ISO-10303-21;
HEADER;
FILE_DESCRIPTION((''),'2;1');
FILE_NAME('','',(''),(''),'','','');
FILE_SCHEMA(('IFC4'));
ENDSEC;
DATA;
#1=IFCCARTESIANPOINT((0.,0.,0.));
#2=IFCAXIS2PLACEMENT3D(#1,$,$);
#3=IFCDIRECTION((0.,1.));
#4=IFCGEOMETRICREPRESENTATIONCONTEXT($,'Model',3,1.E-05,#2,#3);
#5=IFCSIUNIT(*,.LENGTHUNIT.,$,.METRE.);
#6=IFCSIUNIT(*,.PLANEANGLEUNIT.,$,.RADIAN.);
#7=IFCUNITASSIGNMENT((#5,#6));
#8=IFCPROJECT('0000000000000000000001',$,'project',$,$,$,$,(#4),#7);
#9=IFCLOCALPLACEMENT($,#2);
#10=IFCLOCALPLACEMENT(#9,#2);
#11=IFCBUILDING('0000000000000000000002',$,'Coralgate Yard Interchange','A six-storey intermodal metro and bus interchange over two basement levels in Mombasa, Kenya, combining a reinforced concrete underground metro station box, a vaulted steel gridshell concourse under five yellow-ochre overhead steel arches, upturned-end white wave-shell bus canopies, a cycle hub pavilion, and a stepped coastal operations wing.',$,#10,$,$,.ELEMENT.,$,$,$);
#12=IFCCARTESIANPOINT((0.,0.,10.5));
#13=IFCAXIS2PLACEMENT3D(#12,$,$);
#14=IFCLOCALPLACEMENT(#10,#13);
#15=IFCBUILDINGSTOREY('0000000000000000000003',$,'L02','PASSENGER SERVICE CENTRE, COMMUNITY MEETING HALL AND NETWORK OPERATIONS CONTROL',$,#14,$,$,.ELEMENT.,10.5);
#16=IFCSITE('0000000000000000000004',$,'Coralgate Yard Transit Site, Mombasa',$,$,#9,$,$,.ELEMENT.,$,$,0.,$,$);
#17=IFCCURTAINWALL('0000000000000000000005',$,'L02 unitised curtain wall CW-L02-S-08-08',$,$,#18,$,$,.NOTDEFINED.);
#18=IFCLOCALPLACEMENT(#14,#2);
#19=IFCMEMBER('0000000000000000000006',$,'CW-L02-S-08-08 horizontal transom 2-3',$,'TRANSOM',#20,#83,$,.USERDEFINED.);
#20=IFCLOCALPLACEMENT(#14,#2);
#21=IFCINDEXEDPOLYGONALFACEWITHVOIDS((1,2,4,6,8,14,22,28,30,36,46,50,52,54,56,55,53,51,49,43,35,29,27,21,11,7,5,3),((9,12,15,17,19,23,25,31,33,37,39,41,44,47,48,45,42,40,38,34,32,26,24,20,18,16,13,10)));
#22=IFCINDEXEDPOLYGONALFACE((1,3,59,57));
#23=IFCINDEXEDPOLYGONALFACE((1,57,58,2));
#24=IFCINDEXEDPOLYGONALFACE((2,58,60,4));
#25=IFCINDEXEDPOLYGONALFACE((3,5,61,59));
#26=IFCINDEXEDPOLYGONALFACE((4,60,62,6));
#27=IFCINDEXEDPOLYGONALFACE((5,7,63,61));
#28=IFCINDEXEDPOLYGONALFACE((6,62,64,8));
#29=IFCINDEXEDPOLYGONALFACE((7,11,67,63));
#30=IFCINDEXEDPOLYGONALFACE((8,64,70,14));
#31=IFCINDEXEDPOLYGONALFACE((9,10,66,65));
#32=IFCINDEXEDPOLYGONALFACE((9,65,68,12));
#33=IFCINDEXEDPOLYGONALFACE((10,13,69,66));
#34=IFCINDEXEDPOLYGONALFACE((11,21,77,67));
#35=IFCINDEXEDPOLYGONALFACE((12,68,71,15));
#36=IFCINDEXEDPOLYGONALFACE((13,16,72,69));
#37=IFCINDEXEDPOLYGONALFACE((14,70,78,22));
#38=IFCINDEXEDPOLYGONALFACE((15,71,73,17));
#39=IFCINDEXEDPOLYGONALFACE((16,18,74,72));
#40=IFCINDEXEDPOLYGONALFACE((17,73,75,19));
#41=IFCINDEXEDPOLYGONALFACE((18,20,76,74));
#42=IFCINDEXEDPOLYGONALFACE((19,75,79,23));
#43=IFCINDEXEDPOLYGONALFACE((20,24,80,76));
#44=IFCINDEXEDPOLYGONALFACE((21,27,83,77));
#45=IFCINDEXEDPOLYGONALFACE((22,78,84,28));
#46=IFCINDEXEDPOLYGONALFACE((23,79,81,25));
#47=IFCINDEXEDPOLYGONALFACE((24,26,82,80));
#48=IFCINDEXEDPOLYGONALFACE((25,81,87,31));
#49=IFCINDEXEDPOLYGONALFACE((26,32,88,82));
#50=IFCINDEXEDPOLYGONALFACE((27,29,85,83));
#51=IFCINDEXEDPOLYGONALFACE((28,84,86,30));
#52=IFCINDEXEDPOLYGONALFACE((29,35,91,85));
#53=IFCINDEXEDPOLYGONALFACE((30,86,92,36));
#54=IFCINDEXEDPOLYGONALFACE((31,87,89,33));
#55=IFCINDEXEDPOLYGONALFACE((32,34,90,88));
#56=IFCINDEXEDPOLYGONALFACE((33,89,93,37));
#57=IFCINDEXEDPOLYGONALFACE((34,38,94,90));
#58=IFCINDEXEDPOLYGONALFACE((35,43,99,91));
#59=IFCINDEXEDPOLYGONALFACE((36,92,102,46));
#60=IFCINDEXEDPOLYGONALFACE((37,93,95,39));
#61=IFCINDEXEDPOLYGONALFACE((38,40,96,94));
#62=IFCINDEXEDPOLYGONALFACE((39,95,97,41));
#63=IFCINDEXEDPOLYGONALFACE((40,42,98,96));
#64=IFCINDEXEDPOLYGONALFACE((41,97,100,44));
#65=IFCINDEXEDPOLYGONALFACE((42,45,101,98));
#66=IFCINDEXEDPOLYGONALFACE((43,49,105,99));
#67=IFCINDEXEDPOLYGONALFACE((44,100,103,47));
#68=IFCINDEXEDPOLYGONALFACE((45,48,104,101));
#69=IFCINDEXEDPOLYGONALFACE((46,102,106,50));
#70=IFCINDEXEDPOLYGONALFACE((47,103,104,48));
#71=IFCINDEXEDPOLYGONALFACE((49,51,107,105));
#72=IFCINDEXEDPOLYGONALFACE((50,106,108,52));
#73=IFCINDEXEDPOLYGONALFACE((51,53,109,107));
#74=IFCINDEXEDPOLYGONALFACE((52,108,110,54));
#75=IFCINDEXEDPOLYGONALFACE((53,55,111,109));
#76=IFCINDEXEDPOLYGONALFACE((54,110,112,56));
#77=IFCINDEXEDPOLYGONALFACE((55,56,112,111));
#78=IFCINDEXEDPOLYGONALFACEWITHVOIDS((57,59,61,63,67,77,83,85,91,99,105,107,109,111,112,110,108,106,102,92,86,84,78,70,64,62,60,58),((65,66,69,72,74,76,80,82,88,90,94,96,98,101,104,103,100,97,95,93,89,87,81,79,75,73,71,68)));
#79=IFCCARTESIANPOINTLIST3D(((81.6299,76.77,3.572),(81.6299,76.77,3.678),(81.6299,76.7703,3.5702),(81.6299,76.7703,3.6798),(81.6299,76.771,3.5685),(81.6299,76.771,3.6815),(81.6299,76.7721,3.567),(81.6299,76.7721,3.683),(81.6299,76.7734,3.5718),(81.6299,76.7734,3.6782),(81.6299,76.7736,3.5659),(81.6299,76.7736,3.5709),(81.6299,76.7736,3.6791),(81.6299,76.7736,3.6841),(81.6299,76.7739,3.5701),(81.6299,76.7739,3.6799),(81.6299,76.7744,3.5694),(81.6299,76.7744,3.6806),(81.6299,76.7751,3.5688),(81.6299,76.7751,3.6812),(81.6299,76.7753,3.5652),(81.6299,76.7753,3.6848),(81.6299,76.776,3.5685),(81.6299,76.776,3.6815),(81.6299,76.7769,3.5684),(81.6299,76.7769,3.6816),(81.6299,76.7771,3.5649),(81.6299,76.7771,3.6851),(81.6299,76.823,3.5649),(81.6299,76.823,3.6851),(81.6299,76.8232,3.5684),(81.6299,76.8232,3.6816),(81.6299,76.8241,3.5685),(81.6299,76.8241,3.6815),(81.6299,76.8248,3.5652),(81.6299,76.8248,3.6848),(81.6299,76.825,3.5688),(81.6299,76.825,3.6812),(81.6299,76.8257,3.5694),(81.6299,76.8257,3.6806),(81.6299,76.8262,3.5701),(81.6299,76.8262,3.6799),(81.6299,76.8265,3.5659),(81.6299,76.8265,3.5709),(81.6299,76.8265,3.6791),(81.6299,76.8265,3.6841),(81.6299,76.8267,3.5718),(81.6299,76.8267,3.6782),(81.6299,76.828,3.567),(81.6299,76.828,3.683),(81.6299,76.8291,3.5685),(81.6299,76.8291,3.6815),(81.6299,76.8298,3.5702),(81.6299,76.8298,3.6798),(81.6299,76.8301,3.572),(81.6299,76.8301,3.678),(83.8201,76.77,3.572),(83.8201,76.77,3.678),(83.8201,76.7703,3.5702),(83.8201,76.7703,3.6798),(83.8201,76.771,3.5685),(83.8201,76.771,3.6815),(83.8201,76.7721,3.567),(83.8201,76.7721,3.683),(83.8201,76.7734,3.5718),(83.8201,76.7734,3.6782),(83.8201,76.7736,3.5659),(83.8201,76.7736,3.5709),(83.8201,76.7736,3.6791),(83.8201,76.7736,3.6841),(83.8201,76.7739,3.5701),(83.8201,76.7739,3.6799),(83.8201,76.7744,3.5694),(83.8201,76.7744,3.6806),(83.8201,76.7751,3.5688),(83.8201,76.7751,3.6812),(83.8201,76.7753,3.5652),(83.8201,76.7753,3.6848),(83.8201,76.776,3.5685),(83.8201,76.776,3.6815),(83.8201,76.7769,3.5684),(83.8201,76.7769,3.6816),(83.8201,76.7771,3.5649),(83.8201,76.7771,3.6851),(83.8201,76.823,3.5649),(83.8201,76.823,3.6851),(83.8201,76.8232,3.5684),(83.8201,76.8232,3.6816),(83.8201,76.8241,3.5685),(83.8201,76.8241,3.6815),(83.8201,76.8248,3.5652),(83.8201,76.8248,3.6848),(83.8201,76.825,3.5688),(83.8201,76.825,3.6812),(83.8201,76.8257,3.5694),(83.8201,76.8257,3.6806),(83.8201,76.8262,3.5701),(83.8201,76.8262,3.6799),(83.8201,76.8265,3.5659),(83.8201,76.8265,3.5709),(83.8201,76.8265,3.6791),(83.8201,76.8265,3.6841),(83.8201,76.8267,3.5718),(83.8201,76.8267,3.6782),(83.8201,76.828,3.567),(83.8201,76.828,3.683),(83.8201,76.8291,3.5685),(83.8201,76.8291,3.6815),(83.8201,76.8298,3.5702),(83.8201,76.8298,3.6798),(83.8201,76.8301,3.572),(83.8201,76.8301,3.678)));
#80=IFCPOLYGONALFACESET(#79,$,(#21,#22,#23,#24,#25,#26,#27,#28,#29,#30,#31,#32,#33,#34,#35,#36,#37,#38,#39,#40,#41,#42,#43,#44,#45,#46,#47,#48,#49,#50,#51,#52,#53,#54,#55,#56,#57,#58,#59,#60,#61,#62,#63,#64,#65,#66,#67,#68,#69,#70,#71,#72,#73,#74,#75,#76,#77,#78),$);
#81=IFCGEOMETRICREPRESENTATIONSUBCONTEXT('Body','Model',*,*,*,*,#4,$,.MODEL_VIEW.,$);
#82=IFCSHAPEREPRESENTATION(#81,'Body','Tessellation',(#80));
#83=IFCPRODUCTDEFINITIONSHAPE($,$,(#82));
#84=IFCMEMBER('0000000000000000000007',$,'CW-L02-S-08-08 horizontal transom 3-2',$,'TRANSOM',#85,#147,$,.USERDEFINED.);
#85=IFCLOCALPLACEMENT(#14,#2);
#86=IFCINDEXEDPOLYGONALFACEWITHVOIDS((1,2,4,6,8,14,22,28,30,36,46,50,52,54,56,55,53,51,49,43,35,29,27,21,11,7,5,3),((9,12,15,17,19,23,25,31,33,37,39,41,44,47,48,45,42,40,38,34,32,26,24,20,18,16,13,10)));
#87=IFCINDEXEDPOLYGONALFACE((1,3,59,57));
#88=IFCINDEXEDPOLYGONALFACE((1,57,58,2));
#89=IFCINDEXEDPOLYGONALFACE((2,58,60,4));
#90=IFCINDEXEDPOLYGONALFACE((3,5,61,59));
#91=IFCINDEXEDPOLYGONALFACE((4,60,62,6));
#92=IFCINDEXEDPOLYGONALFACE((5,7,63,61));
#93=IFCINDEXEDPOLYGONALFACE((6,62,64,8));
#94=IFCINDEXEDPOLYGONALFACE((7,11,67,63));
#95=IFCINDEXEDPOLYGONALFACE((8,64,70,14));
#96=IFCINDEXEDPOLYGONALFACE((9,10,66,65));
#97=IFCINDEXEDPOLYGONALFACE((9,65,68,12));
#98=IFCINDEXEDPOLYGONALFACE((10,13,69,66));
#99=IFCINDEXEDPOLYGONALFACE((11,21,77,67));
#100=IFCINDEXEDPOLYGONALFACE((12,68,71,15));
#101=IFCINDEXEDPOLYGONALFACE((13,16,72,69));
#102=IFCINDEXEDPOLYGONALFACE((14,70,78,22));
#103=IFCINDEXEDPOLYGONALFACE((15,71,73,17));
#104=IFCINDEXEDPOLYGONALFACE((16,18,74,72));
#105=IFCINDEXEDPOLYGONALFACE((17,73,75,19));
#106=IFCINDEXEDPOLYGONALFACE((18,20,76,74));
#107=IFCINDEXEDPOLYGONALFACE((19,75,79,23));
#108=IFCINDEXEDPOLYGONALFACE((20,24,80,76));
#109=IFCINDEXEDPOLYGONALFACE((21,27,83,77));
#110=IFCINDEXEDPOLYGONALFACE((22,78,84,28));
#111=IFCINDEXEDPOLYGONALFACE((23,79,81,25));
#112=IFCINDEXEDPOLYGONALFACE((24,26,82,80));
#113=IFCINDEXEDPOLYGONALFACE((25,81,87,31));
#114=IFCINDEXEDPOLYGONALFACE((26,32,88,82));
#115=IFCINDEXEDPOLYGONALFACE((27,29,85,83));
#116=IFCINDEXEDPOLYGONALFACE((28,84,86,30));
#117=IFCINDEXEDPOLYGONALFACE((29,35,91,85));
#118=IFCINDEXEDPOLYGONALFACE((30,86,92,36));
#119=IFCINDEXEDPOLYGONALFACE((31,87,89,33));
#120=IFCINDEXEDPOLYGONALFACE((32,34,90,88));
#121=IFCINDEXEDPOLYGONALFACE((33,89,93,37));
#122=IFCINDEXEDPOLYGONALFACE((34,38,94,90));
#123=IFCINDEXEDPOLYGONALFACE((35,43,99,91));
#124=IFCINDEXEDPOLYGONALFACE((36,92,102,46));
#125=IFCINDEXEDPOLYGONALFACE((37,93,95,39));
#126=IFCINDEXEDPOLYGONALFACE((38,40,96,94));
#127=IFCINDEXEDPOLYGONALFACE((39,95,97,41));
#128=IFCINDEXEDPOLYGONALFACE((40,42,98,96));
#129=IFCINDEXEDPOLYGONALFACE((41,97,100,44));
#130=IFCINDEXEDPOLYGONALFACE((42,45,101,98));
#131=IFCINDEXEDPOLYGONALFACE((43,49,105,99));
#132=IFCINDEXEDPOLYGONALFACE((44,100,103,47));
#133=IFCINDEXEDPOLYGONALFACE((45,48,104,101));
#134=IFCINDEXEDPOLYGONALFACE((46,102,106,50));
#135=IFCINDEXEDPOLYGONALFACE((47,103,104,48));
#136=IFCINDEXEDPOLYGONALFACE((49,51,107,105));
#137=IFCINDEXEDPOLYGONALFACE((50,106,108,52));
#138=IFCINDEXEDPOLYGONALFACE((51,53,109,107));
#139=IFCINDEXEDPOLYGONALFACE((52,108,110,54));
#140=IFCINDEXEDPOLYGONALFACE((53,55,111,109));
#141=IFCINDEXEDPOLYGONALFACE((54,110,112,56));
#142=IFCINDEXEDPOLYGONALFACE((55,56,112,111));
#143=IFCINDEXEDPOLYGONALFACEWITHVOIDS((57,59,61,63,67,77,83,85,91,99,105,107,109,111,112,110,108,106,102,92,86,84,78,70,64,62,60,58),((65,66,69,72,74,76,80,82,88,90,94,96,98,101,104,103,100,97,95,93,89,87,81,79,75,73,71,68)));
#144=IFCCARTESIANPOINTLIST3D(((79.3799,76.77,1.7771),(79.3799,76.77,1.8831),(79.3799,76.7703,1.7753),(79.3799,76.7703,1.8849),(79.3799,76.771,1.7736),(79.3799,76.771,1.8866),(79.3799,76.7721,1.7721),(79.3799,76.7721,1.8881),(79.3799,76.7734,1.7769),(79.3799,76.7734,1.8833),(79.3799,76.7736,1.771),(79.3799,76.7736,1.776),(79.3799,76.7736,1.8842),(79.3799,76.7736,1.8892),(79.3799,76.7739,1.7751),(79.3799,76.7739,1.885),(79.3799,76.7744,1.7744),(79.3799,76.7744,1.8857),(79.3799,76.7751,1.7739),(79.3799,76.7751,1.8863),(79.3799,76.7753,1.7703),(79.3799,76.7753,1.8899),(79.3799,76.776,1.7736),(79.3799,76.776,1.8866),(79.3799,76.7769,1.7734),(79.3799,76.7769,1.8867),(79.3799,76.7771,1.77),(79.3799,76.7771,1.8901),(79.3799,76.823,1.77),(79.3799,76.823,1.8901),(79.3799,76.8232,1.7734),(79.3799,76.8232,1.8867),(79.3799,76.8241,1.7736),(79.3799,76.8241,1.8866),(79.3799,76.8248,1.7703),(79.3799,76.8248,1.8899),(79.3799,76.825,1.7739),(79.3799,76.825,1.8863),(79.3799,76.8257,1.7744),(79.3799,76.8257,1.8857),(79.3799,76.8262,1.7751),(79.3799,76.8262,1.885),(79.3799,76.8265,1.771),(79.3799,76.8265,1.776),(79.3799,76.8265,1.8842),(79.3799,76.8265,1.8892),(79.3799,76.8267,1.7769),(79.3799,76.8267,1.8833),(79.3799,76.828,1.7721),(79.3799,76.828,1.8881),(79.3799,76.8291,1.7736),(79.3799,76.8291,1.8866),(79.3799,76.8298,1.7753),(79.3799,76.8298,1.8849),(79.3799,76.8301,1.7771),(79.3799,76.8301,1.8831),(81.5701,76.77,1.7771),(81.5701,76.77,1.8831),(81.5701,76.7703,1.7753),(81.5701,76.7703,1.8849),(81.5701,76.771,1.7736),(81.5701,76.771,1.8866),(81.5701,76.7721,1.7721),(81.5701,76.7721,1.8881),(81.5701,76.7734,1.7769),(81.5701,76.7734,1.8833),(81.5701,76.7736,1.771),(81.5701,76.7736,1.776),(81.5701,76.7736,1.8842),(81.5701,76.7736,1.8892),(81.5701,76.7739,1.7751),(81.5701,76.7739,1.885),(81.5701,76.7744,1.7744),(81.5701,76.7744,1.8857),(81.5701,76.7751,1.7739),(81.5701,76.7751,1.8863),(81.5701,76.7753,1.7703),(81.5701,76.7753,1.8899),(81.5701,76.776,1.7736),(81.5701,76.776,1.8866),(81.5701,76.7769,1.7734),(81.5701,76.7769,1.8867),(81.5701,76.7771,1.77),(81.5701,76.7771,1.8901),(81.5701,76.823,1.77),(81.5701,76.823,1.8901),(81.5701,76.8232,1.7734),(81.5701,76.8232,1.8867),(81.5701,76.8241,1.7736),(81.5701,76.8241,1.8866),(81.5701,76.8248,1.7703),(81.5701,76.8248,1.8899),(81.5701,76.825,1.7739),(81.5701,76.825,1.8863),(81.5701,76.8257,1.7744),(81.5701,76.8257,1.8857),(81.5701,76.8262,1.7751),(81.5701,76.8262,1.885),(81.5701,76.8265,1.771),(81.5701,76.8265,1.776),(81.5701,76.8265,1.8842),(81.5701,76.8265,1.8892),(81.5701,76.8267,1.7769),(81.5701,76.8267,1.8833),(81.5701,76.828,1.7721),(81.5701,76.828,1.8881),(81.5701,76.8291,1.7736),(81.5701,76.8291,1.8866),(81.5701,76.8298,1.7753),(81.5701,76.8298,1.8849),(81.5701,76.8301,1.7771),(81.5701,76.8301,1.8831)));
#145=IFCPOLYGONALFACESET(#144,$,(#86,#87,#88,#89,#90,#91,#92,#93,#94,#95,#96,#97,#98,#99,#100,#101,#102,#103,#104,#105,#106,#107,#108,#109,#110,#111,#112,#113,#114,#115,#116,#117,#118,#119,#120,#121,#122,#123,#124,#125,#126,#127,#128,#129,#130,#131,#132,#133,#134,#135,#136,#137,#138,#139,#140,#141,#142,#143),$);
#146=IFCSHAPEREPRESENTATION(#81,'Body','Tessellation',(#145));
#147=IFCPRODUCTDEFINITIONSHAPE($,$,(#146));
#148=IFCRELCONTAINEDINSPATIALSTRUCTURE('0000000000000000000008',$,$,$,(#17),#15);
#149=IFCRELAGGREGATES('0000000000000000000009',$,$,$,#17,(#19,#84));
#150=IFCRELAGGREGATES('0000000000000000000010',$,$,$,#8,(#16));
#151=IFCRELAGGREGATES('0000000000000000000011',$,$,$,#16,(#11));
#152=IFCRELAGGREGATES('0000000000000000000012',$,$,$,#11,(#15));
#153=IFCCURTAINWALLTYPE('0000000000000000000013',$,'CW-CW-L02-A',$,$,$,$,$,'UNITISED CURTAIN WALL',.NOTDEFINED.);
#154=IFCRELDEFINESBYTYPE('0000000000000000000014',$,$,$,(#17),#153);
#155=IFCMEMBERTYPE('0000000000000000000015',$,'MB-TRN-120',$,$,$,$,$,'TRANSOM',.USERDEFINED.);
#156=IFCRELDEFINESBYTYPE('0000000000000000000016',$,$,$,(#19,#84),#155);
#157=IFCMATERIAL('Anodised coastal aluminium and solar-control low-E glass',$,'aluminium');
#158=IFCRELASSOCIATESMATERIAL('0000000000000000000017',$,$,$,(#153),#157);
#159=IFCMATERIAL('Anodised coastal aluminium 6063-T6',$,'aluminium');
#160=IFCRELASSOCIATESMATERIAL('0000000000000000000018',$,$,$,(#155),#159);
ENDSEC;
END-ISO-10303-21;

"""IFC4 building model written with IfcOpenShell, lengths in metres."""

from ifc_helpers import new_model, si_unit, direction, frame, origin, origin_2d, place, context, subcontext, project, spatial, hollow_rectangle, extrude, material, material_profile, profile_set, type_object, element, aggregate, save


model = new_model("IFC4")

# Units and contexts
model_context = context("Model", 3, precision=1e-05, world=origin(), true_north=direction((0.0, 1.0)))
body_context = subcontext(model_context, "Body", "Model", "MODEL_VIEW")
ifc_project = project(units=[si_unit("LENGTHUNIT", "METRE"), si_unit("PLANEANGLEUNIT", "RADIAN")], contexts=[model_context])

# Site, building, storey
site_placement = place(None, origin())
site = spatial("IfcSite", under=ifc_project, at=site_placement, Name="Coralgate Yard Transit Site, Mombasa", CompositionType="ELEMENT", RefElevation=0.0)
building_placement = place(site_placement, origin())
building = spatial("IfcBuilding", under=site, at=building_placement, Name="Coralgate Yard Interchange", Description="A six-storey intermodal metro and bus interchange over two basement levels in Mombasa, Kenya, combining a reinforced concrete underground metro station box, a vaulted steel gridshell concourse under five yellow-ochre overhead steel arches, upturned-end white wave-shell bus canopies, a cycle hub pavilion, and a stepped coastal operations wing.", CompositionType="ELEMENT")
storey_placement = place(building_placement, frame((0.0, 0.0, 10.5)))
storey = spatial("IfcBuildingStorey", under=building, at=storey_placement, Name="L02", Description="PASSENGER SERVICE CENTRE, COMMUNITY MEETING HALL AND NETWORK OPERATIONS CONTROL", CompositionType="ELEMENT", Elevation=10.5)

# Curtain wall
ifc_material_1 = material(Name="Anodised coastal aluminium and solar-control low-E glass", Category="aluminium")
curtain_wall_type = type_object("IfcCurtainWallType", Name="CW-CW-L02-A", ElementType="UNITISED CURTAIN WALL", PredefinedType="NOTDEFINED", material=ifc_material_1)
curtain_wall_1_placement = place(storey_placement, origin())
curtain_wall_1 = element("IfcCurtainWall", 1, at=curtain_wall_1_placement, inside=storey, type_object=curtain_wall_type, Name="L02 unitised curtain wall CW-L02-S-08-08", PredefinedType="NOTDEFINED")
ifc_material_2 = material(Name="Anodised coastal aluminium 6063-T6", Category="aluminium")

# Members
ifc_material_profile_1 = material_profile(ifc_material_2, hollow_rectangle(XDim=0.0601, YDim=0.1201, WallThickness=0.0034, InnerFilletRadius=0.0034, OuterFilletRadius=0.0071, at=origin_2d()), Name="ALU 60x120x3.5")
ifc_profile_set_1 = profile_set([ifc_material_profile_1], Name="Anodised coastal aluminium 6063-T6")
member_type_1 = type_object("IfcMemberType", Name="MB-TRN-120", ElementType="TRANSOM", PredefinedType="USERDEFINED", material=ifc_profile_set_1)
member_1_placement = place(storey_placement, frame((83.8201, 76.8, 3.625), z_axis=(-1.0, 0.0, 0.0), x_axis=(0.0, -1.0, 0.0)))
member_1 = element("IfcMember", 2, at=member_1_placement, type_object=member_type_1, Name="CW-L02-S-08-08 horizontal transom 2-3", ObjectType="TRANSOM", PredefinedType="USERDEFINED", context=body_context, shape_type="SweptSolid", body=[
    extrude(hollow_rectangle(XDim=0.0601, YDim=0.1201, WallThickness=0.0034, InnerFilletRadius=0.0034, OuterFilletRadius=0.0071, at=origin_2d()), origin(), (0.0, 0.0, 1.0), 2.1902),
])
member_2_placement = place(storey_placement, frame((81.5701, 76.8, 1.8301), z_axis=(-1.0, 0.0, 0.0), x_axis=(0.0, -1.0, 0.0)))
member_2 = element("IfcMember", 3, at=member_2_placement, type_object=member_type_1, Name="CW-L02-S-08-08 horizontal transom 3-2", ObjectType="TRANSOM", PredefinedType="USERDEFINED", context=body_context, shape_type="SweptSolid", body=[
    extrude(hollow_rectangle(XDim=0.0601, YDim=0.1201, WallThickness=0.0034, InnerFilletRadius=0.0034, OuterFilletRadius=0.0071, at=origin_2d()), origin(), (0.0, 0.0, 1.0), 2.1902),
])

aggregate(curtain_wall_1, [member_1, member_2])

save(model, "model.ifc")
